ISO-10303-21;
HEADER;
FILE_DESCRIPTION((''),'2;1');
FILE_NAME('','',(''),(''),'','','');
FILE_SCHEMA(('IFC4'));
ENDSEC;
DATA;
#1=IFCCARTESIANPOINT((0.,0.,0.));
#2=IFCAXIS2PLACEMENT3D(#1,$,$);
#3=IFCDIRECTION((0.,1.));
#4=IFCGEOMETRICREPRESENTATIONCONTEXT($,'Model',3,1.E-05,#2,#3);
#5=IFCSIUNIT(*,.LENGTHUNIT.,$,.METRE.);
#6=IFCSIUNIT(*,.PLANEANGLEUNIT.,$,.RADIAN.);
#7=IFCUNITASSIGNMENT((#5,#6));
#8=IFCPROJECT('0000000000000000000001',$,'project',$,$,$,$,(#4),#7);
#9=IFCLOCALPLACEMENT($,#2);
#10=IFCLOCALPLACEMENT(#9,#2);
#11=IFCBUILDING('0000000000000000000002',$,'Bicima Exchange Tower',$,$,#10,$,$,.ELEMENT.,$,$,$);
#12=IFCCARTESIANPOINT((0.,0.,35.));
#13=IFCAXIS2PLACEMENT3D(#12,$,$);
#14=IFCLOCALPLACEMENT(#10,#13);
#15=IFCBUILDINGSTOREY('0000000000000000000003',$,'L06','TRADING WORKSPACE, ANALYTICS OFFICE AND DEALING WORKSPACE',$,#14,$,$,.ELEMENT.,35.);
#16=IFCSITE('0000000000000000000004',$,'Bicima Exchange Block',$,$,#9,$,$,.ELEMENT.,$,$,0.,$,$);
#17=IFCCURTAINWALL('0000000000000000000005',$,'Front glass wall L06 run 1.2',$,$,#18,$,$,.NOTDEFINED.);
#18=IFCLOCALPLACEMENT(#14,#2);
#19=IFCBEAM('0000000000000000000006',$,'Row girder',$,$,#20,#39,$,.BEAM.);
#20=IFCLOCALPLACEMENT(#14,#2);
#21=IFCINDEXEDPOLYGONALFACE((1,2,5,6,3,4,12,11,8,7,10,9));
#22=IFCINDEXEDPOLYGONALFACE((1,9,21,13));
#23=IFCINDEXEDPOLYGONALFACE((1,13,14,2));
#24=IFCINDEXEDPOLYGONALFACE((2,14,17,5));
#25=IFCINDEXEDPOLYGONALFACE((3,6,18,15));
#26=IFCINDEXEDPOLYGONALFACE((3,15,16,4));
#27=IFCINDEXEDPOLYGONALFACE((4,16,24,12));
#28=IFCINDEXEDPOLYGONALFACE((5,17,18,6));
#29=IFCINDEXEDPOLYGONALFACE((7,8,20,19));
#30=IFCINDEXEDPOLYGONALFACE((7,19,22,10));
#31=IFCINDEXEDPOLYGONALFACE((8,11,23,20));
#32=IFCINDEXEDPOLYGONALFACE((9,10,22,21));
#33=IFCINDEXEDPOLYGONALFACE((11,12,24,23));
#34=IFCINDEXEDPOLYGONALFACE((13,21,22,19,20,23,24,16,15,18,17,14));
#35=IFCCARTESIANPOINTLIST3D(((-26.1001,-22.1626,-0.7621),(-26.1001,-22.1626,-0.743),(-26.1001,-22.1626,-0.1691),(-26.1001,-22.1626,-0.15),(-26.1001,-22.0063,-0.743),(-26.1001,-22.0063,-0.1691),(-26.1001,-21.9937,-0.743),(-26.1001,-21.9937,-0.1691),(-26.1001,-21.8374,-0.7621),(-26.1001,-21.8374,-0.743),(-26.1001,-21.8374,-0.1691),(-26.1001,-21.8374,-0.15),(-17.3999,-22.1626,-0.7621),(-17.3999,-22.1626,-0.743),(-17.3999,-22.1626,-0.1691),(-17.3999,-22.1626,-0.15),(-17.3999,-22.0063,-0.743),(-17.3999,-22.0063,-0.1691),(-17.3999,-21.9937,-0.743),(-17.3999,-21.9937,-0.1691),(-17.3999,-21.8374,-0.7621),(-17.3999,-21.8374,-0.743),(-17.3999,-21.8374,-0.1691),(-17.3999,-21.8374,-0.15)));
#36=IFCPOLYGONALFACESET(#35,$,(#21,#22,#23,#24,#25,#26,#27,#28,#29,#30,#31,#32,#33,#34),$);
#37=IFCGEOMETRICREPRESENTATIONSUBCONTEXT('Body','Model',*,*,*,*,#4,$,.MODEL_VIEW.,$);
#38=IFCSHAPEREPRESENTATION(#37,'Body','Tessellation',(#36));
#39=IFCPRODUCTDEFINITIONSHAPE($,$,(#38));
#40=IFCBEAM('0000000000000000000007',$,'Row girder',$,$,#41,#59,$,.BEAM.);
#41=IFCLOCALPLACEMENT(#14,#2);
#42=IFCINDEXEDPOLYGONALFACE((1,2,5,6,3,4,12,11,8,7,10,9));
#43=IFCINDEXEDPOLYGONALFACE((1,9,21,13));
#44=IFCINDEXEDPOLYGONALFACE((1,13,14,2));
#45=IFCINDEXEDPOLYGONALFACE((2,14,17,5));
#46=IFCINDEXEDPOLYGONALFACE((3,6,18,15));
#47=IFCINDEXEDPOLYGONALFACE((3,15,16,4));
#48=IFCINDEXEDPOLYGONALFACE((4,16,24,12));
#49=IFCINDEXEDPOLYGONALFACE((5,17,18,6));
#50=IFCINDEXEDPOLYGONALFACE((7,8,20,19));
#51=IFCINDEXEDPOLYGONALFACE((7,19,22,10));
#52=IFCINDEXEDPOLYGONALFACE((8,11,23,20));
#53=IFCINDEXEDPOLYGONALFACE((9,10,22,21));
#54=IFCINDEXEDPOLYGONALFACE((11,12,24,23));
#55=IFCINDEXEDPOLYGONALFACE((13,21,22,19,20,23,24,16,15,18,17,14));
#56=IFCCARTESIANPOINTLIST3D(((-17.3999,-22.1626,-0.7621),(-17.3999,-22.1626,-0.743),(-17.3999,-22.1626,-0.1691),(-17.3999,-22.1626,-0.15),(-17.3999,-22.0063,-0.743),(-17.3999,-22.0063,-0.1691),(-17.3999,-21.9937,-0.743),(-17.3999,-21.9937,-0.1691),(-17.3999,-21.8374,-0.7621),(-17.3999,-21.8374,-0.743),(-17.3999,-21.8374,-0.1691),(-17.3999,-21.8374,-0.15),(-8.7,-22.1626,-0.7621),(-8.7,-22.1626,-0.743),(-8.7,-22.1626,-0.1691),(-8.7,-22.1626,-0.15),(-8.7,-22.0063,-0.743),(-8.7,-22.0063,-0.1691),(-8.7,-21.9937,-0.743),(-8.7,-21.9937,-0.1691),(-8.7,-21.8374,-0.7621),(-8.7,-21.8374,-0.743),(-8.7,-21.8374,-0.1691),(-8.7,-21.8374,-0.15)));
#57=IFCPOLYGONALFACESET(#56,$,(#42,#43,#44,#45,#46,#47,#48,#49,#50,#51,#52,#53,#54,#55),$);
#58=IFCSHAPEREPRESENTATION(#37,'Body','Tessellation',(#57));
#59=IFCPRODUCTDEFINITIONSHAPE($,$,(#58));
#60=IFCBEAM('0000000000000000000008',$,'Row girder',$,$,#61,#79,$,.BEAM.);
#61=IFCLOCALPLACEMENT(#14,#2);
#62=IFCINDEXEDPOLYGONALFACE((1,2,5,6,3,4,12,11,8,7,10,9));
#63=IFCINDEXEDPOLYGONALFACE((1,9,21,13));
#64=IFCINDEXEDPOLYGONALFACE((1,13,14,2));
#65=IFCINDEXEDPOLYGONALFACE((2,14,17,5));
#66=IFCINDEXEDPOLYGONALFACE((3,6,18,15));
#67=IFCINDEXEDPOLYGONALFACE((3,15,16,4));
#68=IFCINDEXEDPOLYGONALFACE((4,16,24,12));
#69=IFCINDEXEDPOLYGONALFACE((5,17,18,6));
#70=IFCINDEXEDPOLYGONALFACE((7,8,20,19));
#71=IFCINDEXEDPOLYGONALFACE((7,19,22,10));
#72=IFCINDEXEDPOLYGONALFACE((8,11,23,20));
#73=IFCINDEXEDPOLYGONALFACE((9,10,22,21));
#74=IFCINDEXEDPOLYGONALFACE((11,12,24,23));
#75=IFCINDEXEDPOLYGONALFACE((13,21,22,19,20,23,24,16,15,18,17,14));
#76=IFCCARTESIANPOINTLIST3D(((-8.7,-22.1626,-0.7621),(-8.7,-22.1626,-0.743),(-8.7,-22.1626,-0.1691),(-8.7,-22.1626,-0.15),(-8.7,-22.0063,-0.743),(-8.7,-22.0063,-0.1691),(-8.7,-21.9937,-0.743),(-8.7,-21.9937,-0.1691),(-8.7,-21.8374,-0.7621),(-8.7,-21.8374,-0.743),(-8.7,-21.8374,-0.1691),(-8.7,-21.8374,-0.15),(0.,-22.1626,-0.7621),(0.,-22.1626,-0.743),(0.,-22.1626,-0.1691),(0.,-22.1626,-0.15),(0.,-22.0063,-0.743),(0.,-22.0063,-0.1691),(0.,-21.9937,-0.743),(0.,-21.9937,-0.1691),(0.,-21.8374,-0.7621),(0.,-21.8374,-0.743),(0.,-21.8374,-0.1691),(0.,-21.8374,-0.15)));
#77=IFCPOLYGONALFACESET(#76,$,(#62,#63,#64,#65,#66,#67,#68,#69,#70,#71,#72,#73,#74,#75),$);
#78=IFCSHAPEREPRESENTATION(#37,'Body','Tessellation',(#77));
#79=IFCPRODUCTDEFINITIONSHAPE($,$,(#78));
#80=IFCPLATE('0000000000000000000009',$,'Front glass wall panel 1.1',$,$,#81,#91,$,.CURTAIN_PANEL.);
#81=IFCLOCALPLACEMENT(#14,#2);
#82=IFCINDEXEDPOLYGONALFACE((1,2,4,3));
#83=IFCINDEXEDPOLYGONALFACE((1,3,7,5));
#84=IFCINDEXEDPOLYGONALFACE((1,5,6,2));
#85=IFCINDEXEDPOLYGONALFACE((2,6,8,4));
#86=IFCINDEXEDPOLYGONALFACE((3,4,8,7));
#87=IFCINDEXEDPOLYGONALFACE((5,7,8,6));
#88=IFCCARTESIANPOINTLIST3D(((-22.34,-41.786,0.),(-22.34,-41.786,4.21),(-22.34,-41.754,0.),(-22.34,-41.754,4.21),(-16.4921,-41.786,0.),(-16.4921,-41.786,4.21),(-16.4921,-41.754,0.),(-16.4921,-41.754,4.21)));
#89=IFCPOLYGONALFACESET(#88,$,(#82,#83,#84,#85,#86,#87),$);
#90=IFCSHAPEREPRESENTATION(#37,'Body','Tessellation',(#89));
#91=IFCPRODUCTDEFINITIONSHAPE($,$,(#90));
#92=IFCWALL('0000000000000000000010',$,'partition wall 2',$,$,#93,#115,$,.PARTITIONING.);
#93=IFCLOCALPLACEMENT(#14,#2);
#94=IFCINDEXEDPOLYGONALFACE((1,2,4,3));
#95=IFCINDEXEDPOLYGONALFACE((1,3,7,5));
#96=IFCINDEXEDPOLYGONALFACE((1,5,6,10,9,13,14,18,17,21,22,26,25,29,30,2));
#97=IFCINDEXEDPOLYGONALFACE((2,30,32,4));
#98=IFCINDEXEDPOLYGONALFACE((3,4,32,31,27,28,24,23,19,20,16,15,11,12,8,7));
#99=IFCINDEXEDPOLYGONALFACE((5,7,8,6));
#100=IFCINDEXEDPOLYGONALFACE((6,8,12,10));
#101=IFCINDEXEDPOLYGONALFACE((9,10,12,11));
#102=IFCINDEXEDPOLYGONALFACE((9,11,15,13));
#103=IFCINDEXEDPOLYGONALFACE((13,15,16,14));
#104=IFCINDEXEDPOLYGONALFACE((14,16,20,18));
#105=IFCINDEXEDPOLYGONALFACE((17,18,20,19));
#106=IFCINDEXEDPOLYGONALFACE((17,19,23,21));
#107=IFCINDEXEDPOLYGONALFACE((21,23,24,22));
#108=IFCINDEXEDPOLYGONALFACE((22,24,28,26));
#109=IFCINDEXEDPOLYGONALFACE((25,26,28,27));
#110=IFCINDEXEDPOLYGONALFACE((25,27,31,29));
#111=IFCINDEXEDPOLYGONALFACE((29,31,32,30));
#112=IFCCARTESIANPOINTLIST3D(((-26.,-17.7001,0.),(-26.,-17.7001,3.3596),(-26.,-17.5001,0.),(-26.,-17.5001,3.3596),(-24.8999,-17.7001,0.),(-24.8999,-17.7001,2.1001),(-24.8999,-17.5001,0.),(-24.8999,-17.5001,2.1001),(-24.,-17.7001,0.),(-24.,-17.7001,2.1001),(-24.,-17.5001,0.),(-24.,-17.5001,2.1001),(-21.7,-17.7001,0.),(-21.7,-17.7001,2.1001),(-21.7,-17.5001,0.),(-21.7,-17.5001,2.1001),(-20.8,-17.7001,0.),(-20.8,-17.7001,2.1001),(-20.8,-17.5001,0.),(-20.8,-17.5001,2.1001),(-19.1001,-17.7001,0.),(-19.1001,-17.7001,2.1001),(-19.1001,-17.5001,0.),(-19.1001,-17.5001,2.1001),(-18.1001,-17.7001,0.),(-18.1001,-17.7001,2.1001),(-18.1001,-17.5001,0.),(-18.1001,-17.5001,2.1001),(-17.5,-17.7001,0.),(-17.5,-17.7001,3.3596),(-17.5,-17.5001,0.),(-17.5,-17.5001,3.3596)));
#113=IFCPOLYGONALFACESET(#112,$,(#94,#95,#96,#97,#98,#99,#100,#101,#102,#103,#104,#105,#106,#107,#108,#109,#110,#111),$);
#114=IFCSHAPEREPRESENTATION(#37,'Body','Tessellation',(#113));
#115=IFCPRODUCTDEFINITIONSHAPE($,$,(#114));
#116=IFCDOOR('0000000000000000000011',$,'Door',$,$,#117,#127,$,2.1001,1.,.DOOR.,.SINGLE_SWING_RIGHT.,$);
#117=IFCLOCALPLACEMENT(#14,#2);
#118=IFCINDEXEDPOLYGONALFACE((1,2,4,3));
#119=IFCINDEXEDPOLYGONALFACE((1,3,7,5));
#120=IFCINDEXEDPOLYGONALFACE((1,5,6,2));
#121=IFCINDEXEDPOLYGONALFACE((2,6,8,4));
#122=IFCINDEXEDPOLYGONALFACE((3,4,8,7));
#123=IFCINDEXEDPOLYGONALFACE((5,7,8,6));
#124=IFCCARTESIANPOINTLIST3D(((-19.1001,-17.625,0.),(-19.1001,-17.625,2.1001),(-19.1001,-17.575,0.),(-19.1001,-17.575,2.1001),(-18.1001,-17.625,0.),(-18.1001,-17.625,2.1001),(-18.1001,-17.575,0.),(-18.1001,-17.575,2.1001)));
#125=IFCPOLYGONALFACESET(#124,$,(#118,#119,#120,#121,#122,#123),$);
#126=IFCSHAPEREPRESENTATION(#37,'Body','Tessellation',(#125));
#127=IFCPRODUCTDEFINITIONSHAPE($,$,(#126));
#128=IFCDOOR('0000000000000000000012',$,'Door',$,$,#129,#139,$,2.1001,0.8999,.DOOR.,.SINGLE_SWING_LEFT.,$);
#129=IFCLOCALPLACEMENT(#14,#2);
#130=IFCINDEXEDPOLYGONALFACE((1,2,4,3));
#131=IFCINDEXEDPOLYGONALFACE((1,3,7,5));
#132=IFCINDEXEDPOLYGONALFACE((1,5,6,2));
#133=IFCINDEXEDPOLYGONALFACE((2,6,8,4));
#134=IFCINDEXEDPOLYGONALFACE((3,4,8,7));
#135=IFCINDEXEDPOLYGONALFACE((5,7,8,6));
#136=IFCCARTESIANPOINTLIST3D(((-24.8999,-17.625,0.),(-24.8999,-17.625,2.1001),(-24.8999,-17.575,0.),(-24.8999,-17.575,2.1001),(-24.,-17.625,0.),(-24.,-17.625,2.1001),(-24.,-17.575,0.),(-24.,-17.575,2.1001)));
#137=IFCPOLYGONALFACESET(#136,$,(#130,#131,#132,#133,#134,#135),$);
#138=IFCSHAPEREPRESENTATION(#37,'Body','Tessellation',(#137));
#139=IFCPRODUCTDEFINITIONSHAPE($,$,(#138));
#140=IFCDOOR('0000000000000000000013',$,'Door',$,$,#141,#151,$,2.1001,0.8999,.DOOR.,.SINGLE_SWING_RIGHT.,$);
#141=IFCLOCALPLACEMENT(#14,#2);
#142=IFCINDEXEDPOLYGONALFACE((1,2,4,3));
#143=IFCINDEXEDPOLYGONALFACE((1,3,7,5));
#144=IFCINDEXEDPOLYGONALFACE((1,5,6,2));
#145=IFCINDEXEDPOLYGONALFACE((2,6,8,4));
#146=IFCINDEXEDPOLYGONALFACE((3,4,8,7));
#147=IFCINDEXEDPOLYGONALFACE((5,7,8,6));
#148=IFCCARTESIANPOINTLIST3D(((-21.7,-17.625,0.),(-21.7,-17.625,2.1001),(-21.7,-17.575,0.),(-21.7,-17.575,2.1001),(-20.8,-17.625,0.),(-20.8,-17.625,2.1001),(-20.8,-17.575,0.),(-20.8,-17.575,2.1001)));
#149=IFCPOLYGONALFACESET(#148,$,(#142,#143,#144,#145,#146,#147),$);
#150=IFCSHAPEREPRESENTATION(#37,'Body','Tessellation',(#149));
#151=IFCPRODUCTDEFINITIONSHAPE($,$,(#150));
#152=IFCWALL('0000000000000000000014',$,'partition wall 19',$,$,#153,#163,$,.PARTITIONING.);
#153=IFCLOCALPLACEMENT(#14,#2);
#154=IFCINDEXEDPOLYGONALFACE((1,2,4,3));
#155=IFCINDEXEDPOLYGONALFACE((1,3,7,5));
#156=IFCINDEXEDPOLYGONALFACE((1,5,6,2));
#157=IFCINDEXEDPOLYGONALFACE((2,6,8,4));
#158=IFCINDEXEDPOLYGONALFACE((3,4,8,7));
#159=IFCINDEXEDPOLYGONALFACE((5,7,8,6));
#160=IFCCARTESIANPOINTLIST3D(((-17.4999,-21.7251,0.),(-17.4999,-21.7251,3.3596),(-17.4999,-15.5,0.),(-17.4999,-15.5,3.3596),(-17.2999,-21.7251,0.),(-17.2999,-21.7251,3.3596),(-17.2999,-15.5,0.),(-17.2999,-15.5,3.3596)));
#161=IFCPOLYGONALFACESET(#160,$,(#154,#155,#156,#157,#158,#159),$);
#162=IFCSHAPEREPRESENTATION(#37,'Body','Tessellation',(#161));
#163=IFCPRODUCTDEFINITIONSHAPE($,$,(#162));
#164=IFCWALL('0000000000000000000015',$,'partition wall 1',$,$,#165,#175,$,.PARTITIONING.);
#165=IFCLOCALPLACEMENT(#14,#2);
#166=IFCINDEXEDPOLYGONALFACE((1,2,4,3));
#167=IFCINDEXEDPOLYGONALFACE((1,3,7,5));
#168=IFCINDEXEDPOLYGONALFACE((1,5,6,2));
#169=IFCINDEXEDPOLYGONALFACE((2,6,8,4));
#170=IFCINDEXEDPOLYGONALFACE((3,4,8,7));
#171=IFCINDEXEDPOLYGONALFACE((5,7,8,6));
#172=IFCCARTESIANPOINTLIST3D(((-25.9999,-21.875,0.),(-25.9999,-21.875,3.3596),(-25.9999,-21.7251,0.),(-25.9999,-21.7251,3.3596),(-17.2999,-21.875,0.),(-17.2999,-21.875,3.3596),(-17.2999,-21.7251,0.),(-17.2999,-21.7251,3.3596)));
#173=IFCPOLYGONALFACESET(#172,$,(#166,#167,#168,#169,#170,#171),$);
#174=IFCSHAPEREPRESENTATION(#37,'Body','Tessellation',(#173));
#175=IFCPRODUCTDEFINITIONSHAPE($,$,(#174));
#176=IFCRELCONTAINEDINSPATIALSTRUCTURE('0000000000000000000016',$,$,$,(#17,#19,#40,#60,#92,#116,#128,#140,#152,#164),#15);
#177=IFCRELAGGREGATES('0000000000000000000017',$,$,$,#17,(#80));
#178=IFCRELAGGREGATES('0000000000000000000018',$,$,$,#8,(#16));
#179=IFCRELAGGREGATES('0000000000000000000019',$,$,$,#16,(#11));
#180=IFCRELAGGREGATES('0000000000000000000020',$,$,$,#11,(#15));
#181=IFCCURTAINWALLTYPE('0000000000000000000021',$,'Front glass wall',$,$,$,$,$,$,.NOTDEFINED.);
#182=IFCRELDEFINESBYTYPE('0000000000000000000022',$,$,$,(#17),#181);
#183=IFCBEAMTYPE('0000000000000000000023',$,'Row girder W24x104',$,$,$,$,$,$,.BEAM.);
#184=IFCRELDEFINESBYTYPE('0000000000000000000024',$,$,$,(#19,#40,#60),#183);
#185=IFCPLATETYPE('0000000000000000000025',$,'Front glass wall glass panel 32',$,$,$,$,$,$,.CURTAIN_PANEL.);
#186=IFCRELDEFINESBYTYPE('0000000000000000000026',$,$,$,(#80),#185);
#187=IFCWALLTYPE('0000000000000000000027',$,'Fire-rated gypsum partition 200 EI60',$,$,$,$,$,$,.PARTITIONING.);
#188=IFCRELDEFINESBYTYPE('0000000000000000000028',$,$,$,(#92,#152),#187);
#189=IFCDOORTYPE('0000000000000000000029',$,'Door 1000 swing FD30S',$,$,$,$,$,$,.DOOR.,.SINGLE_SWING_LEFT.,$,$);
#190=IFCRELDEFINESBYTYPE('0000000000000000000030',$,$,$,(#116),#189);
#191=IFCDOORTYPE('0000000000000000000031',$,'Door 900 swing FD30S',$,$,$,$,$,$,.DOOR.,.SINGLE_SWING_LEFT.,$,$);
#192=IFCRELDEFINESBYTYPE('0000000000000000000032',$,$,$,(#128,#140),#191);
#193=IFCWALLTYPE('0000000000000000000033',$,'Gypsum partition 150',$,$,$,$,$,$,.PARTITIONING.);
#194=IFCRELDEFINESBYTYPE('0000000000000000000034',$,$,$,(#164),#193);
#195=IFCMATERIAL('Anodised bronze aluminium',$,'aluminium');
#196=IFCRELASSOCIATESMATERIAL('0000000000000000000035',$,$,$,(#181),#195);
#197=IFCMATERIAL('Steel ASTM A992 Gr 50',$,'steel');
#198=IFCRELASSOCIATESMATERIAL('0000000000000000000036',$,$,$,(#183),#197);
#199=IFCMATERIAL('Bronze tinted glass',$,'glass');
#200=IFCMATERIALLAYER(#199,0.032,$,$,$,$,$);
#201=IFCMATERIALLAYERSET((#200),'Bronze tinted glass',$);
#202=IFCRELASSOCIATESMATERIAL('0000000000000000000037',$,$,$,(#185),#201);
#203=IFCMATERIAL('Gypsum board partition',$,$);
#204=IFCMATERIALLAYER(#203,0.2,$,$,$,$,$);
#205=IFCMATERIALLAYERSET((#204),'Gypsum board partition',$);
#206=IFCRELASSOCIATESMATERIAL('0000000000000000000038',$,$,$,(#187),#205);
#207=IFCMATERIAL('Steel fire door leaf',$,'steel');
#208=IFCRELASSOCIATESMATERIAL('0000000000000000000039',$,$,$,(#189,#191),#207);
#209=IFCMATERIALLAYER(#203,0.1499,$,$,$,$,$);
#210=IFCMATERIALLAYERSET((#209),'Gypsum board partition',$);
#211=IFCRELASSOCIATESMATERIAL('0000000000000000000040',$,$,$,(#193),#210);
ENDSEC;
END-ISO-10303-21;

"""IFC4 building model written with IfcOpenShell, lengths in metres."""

from ifc_helpers import new_model, si_unit, direction, frame, frame_2d, origin, origin_2d, place, context, subcontext, project, spatial, rectangle, i_section, extrude, material, layer, layer_set, material_profile, profile_set, type_object, element, fill, aggregate, save


model = new_model("IFC4")

# Units and contexts
model_context = context("Model", 3, precision=1e-05, world=origin(), true_north=direction((0.0, 1.0)))
body_context = subcontext(model_context, "Body", "Model", "MODEL_VIEW")
ifc_project = project(units=[si_unit("LENGTHUNIT", "METRE"), si_unit("PLANEANGLEUNIT", "RADIAN")], contexts=[model_context])

# Site, building, storey
site_placement = place(None, origin())
site = spatial("IfcSite", under=ifc_project, at=site_placement, Name="Bicima Exchange Block", CompositionType="ELEMENT", RefElevation=0.0)
building_placement = place(site_placement, origin())
building = spatial("IfcBuilding", under=site, at=building_placement, Name="Bicima Exchange Tower", CompositionType="ELEMENT")
storey_placement = place(building_placement, frame((0.0, 0.0, 35.0)))
storey = spatial("IfcBuildingStorey", under=building, at=storey_placement, Name="L06", Description="TRADING WORKSPACE, ANALYTICS OFFICE AND DEALING WORKSPACE", CompositionType="ELEMENT", Elevation=35.0)

# Shared definitions
ifc_material_1 = material(Name="Steel ASTM A992 Gr 50", Category="steel")

# Shared definitions
ifc_material_2 = material(Name="Anodised bronze aluminium", Category="aluminium")
curtain_wall_type = type_object("IfcCurtainWallType", Name="Front glass wall", PredefinedType="NOTDEFINED", material=ifc_material_2)

# Curtain wall
curtain_wall_1_placement = place(storey_placement, origin())
curtain_wall_1 = element("IfcCurtainWall", 1, at=curtain_wall_1_placement, inside=storey, type_object=curtain_wall_type, Name="Front glass wall L06 run 1.2", PredefinedType="NOTDEFINED")

# Beams
ifc_material_profile_1 = material_profile(ifc_material_1, i_section(OverallWidth=0.3252, OverallDepth=0.6121, WebThickness=0.0127, FlangeThickness=0.019, at=origin_2d()))
ifc_profile_set_1 = profile_set([ifc_material_profile_1], Name="Steel ASTM A992 Gr 50")
beam_type_1 = type_object("IfcBeamType", Name="Row girder W24x104", PredefinedType="BEAM", material=ifc_profile_set_1)
beam_1_placement = place(storey_placement, frame((-26.1001, -22.0, -0.4561), z_axis=(1.0, 0.0, 0.0), x_axis=(0.0, 1.0, 0.0)))
element("IfcBeam", 2, at=beam_1_placement, inside=storey, type_object=beam_type_1, Name="Row girder", PredefinedType="BEAM", context=body_context, shape_type="SweptSolid", body=[
    extrude(i_section(OverallWidth=0.3252, OverallDepth=0.6121, WebThickness=0.0127, FlangeThickness=0.019, at=origin_2d()), origin(), (0.0, 0.0, 1.0), 8.7002),
])
for number, where, z_axis, x_axis, name in (
    (3, (-17.3999, -22.0, -0.4561), (1.0, 0.0, 0.0), (0.0, 1.0, 0.0), "Row girder"),
    (4, (-8.7, -22.0, -0.4561), (1.0, 0.0, 0.0), (0.0, 1.0, 0.0), "Row girder"),
):
    element("IfcBeam", number, at=place(storey_placement, frame(where, z_axis=z_axis, x_axis=x_axis)), inside=storey, type_object=beam_type_1, Name=name, PredefinedType="BEAM", context=body_context, shape_type="SweptSolid", body=[
        extrude(i_section(OverallWidth=0.3252, OverallDepth=0.6121, WebThickness=0.0127, FlangeThickness=0.019, at=origin_2d()), origin(), (0.0, 0.0, 1.0), 8.7),
    ])

# Plate
ifc_material_3 = material(Name="Bronze tinted glass", Category="glass")
ifc_layer_1 = layer(ifc_material_3, 0.032)
ifc_layer_set_1 = layer_set([ifc_layer_1], Name="Bronze tinted glass")
plate_type = type_object("IfcPlateType", Name="Front glass wall glass panel 32", PredefinedType="CURTAIN_PANEL", material=ifc_layer_set_1)
plate_placement = place(storey_placement, frame((-19.416, -41.77, 0.0), z_axis=(0.0, 0.0, 1.0), x_axis=(1.0, 0.0, 0.0)))
plate = element("IfcPlate", 5, at=plate_placement, type_object=plate_type, Name="Front glass wall panel 1.1", PredefinedType="CURTAIN_PANEL", context=body_context, shape_type="SweptSolid", body=[
    extrude(rectangle(XDim=5.8479, YDim=0.032, at=origin_2d()), origin(), (0.0, 0.0, 1.0), 4.21),
])
aggregate(curtain_wall_1, [plate])

# Wall, openings, doors
ifc_material_4 = material(Name="Gypsum board partition")
ifc_layer_2 = layer(ifc_material_4, 0.2)
ifc_layer_set_2 = layer_set([ifc_layer_2], Name="Gypsum board partition")
wall_type_1 = type_object("IfcWallType", Name="Fire-rated gypsum partition 200 EI60", PredefinedType="PARTITIONING", material=ifc_layer_set_2)
wall_1_placement = place(storey_placement, frame((-26.0, -17.6001, 0.0), z_axis=(0.0, 0.0, 1.0), x_axis=(1.0, 0.0, 0.0)))
wall_1 = element("IfcWall", 6, at=wall_1_placement, inside=storey, type_object=wall_type_1, Name="partition wall 2", PredefinedType="PARTITIONING", context=body_context, shape_type="SweptSolid", body=[
    extrude(rectangle(XDim=8.5, YDim=0.2, at=frame_2d((4.25, 0.0))), origin(), (0.0, 0.0, 1.0), 3.3596),
])
opening_1_placement = place(wall_1_placement, frame((1.1001, 0.0, 0.0)))
opening_1 = element("IfcOpeningElement", 7, at=opening_1_placement, cuts=wall_1, PredefinedType="OPENING", context=body_context, shape_type="SweptSolid", body=[
    extrude(rectangle(XDim=0.8999, YDim=2.1001, at=frame_2d((0.45, 1.05))), frame((0.0, 0.1118, 0.0), z_axis=(0.0, -1.0, 0.0), x_axis=(1.0, 0.0, 0.0)), (0.0, 0.0, 1.0), 0.2239),
])
opening_2_placement = place(wall_1_placement, frame((4.3, 0.0, 0.0)))
opening_2 = element("IfcOpeningElement", 8, at=opening_2_placement, cuts=wall_1, PredefinedType="OPENING", context=body_context, shape_type="SweptSolid", body=[
    extrude(rectangle(XDim=0.8999, YDim=2.1001, at=frame_2d((0.45, 1.05))), frame((0.0, 0.1118, 0.0), z_axis=(0.0, -1.0, 0.0), x_axis=(1.0, 0.0, 0.0)), (0.0, 0.0, 1.0), 0.2239),
])
opening_3_placement = place(wall_1_placement, frame((6.8999, 0.0, 0.0)))
opening_3 = element("IfcOpeningElement", 9, at=opening_3_placement, cuts=wall_1, PredefinedType="OPENING", context=body_context, shape_type="SweptSolid", body=[
    extrude(rectangle(XDim=1.0, YDim=2.1001, at=frame_2d((0.5, 1.05))), frame((0.0, 0.1118, 0.0), z_axis=(0.0, -1.0, 0.0), x_axis=(1.0, 0.0, 0.0)), (0.0, 0.0, 1.0), 0.2239),
])
ifc_material_5 = material(Name="Steel fire door leaf", Category="steel")
door_type_1 = type_object("IfcDoorType", Name="Door 1000 swing FD30S", OperationType="SINGLE_SWING_LEFT", PredefinedType="DOOR", material=ifc_material_5)
door_1_placement = place(opening_3_placement, frame((1.0, 0.0, 0.0), z_axis=(0.0, 0.0, 1.0), x_axis=(-1.0, 0.0, 0.0)))
door_1 = element("IfcDoor", 10, at=door_1_placement, inside=storey, type_object=door_type_1, Name="Door", OperationType="SINGLE_SWING_RIGHT", OverallHeight=2.1001, OverallWidth=1.0, PredefinedType="DOOR", context=body_context, shape_type="SweptSolid", body=[
    extrude(rectangle(XDim=1.0, YDim=2.1001, at=frame_2d((0.5, 1.05))), frame((0.0, 0.0249, 0.0), z_axis=(0.0, -1.0, 0.0), x_axis=(1.0, 0.0, 0.0)), (0.0, 0.0, 1.0), 0.05),
])
fill(opening_3, door_1)
door_type_2 = type_object("IfcDoorType", Name="Door 900 swing FD30S", OperationType="SINGLE_SWING_LEFT", PredefinedType="DOOR", material=ifc_material_5)
door_2_placement = place(opening_1_placement, frame((0.8999, 0.0, 0.0), z_axis=(0.0, 0.0, 1.0), x_axis=(-1.0, 0.0, 0.0)))
door_2 = element("IfcDoor", 11, at=door_2_placement, inside=storey, type_object=door_type_2, Name="Door", OperationType="SINGLE_SWING_LEFT", OverallHeight=2.1001, OverallWidth=0.8999, PredefinedType="DOOR", context=body_context, shape_type="SweptSolid", body=[
    extrude(rectangle(XDim=0.8999, YDim=2.1001, at=frame_2d((0.45, 1.05))), frame((0.0, 0.0249, 0.0), z_axis=(0.0, -1.0, 0.0), x_axis=(1.0, 0.0, 0.0)), (0.0, 0.0, 1.0), 0.05),
])
fill(opening_1, door_2)
door_3_placement = place(opening_2_placement, frame((0.8999, 0.0, 0.0), z_axis=(0.0, 0.0, 1.0), x_axis=(-1.0, 0.0, 0.0)))
door_3 = element("IfcDoor", 12, at=door_3_placement, inside=storey, type_object=door_type_2, Name="Door", OperationType="SINGLE_SWING_RIGHT", OverallHeight=2.1001, OverallWidth=0.8999, PredefinedType="DOOR", context=body_context, shape_type="SweptSolid", body=[
    extrude(rectangle(XDim=0.8999, YDim=2.1001, at=frame_2d((0.45, 1.05))), frame((0.0, 0.0249, 0.0), z_axis=(0.0, -1.0, 0.0), x_axis=(1.0, 0.0, 0.0)), (0.0, 0.0, 1.0), 0.05),
])
fill(opening_2, door_3)

# Walls
wall_2_placement = place(storey_placement, frame((-17.3999, -21.7251, 0.0), z_axis=(0.0, 0.0, 1.0), x_axis=(0.0, 1.0, 0.0)))
element("IfcWall", 13, at=wall_2_placement, inside=storey, type_object=wall_type_1, Name="partition wall 19", PredefinedType="PARTITIONING", context=body_context, shape_type="SweptSolid", body=[
    extrude(rectangle(XDim=6.2251, YDim=0.2, at=frame_2d((3.1125, 0.0))), origin(), (0.0, 0.0, 1.0), 3.3596),
])
ifc_layer_3 = layer(ifc_material_4, 0.1499)
ifc_layer_set_3 = layer_set([ifc_layer_3], Name="Gypsum board partition")
wall_type_2 = type_object("IfcWallType", Name="Gypsum partition 150", PredefinedType="PARTITIONING", material=ifc_layer_set_3)
wall_3_placement = place(storey_placement, frame((-26.0, -21.8, 0.0), z_axis=(0.0, 0.0, 1.0), x_axis=(1.0, 0.0, 0.0)))
element("IfcWall", 14, at=wall_3_placement, inside=storey, type_object=wall_type_2, Name="partition wall 1", PredefinedType="PARTITIONING", context=body_context, shape_type="SweptSolid", body=[
    extrude(rectangle(XDim=8.7, YDim=0.1499, at=frame_2d((4.3501, 0.0))), origin(), (0.0, 0.0, 1.0), 3.3596),
])

save(model, "model.ifc")
